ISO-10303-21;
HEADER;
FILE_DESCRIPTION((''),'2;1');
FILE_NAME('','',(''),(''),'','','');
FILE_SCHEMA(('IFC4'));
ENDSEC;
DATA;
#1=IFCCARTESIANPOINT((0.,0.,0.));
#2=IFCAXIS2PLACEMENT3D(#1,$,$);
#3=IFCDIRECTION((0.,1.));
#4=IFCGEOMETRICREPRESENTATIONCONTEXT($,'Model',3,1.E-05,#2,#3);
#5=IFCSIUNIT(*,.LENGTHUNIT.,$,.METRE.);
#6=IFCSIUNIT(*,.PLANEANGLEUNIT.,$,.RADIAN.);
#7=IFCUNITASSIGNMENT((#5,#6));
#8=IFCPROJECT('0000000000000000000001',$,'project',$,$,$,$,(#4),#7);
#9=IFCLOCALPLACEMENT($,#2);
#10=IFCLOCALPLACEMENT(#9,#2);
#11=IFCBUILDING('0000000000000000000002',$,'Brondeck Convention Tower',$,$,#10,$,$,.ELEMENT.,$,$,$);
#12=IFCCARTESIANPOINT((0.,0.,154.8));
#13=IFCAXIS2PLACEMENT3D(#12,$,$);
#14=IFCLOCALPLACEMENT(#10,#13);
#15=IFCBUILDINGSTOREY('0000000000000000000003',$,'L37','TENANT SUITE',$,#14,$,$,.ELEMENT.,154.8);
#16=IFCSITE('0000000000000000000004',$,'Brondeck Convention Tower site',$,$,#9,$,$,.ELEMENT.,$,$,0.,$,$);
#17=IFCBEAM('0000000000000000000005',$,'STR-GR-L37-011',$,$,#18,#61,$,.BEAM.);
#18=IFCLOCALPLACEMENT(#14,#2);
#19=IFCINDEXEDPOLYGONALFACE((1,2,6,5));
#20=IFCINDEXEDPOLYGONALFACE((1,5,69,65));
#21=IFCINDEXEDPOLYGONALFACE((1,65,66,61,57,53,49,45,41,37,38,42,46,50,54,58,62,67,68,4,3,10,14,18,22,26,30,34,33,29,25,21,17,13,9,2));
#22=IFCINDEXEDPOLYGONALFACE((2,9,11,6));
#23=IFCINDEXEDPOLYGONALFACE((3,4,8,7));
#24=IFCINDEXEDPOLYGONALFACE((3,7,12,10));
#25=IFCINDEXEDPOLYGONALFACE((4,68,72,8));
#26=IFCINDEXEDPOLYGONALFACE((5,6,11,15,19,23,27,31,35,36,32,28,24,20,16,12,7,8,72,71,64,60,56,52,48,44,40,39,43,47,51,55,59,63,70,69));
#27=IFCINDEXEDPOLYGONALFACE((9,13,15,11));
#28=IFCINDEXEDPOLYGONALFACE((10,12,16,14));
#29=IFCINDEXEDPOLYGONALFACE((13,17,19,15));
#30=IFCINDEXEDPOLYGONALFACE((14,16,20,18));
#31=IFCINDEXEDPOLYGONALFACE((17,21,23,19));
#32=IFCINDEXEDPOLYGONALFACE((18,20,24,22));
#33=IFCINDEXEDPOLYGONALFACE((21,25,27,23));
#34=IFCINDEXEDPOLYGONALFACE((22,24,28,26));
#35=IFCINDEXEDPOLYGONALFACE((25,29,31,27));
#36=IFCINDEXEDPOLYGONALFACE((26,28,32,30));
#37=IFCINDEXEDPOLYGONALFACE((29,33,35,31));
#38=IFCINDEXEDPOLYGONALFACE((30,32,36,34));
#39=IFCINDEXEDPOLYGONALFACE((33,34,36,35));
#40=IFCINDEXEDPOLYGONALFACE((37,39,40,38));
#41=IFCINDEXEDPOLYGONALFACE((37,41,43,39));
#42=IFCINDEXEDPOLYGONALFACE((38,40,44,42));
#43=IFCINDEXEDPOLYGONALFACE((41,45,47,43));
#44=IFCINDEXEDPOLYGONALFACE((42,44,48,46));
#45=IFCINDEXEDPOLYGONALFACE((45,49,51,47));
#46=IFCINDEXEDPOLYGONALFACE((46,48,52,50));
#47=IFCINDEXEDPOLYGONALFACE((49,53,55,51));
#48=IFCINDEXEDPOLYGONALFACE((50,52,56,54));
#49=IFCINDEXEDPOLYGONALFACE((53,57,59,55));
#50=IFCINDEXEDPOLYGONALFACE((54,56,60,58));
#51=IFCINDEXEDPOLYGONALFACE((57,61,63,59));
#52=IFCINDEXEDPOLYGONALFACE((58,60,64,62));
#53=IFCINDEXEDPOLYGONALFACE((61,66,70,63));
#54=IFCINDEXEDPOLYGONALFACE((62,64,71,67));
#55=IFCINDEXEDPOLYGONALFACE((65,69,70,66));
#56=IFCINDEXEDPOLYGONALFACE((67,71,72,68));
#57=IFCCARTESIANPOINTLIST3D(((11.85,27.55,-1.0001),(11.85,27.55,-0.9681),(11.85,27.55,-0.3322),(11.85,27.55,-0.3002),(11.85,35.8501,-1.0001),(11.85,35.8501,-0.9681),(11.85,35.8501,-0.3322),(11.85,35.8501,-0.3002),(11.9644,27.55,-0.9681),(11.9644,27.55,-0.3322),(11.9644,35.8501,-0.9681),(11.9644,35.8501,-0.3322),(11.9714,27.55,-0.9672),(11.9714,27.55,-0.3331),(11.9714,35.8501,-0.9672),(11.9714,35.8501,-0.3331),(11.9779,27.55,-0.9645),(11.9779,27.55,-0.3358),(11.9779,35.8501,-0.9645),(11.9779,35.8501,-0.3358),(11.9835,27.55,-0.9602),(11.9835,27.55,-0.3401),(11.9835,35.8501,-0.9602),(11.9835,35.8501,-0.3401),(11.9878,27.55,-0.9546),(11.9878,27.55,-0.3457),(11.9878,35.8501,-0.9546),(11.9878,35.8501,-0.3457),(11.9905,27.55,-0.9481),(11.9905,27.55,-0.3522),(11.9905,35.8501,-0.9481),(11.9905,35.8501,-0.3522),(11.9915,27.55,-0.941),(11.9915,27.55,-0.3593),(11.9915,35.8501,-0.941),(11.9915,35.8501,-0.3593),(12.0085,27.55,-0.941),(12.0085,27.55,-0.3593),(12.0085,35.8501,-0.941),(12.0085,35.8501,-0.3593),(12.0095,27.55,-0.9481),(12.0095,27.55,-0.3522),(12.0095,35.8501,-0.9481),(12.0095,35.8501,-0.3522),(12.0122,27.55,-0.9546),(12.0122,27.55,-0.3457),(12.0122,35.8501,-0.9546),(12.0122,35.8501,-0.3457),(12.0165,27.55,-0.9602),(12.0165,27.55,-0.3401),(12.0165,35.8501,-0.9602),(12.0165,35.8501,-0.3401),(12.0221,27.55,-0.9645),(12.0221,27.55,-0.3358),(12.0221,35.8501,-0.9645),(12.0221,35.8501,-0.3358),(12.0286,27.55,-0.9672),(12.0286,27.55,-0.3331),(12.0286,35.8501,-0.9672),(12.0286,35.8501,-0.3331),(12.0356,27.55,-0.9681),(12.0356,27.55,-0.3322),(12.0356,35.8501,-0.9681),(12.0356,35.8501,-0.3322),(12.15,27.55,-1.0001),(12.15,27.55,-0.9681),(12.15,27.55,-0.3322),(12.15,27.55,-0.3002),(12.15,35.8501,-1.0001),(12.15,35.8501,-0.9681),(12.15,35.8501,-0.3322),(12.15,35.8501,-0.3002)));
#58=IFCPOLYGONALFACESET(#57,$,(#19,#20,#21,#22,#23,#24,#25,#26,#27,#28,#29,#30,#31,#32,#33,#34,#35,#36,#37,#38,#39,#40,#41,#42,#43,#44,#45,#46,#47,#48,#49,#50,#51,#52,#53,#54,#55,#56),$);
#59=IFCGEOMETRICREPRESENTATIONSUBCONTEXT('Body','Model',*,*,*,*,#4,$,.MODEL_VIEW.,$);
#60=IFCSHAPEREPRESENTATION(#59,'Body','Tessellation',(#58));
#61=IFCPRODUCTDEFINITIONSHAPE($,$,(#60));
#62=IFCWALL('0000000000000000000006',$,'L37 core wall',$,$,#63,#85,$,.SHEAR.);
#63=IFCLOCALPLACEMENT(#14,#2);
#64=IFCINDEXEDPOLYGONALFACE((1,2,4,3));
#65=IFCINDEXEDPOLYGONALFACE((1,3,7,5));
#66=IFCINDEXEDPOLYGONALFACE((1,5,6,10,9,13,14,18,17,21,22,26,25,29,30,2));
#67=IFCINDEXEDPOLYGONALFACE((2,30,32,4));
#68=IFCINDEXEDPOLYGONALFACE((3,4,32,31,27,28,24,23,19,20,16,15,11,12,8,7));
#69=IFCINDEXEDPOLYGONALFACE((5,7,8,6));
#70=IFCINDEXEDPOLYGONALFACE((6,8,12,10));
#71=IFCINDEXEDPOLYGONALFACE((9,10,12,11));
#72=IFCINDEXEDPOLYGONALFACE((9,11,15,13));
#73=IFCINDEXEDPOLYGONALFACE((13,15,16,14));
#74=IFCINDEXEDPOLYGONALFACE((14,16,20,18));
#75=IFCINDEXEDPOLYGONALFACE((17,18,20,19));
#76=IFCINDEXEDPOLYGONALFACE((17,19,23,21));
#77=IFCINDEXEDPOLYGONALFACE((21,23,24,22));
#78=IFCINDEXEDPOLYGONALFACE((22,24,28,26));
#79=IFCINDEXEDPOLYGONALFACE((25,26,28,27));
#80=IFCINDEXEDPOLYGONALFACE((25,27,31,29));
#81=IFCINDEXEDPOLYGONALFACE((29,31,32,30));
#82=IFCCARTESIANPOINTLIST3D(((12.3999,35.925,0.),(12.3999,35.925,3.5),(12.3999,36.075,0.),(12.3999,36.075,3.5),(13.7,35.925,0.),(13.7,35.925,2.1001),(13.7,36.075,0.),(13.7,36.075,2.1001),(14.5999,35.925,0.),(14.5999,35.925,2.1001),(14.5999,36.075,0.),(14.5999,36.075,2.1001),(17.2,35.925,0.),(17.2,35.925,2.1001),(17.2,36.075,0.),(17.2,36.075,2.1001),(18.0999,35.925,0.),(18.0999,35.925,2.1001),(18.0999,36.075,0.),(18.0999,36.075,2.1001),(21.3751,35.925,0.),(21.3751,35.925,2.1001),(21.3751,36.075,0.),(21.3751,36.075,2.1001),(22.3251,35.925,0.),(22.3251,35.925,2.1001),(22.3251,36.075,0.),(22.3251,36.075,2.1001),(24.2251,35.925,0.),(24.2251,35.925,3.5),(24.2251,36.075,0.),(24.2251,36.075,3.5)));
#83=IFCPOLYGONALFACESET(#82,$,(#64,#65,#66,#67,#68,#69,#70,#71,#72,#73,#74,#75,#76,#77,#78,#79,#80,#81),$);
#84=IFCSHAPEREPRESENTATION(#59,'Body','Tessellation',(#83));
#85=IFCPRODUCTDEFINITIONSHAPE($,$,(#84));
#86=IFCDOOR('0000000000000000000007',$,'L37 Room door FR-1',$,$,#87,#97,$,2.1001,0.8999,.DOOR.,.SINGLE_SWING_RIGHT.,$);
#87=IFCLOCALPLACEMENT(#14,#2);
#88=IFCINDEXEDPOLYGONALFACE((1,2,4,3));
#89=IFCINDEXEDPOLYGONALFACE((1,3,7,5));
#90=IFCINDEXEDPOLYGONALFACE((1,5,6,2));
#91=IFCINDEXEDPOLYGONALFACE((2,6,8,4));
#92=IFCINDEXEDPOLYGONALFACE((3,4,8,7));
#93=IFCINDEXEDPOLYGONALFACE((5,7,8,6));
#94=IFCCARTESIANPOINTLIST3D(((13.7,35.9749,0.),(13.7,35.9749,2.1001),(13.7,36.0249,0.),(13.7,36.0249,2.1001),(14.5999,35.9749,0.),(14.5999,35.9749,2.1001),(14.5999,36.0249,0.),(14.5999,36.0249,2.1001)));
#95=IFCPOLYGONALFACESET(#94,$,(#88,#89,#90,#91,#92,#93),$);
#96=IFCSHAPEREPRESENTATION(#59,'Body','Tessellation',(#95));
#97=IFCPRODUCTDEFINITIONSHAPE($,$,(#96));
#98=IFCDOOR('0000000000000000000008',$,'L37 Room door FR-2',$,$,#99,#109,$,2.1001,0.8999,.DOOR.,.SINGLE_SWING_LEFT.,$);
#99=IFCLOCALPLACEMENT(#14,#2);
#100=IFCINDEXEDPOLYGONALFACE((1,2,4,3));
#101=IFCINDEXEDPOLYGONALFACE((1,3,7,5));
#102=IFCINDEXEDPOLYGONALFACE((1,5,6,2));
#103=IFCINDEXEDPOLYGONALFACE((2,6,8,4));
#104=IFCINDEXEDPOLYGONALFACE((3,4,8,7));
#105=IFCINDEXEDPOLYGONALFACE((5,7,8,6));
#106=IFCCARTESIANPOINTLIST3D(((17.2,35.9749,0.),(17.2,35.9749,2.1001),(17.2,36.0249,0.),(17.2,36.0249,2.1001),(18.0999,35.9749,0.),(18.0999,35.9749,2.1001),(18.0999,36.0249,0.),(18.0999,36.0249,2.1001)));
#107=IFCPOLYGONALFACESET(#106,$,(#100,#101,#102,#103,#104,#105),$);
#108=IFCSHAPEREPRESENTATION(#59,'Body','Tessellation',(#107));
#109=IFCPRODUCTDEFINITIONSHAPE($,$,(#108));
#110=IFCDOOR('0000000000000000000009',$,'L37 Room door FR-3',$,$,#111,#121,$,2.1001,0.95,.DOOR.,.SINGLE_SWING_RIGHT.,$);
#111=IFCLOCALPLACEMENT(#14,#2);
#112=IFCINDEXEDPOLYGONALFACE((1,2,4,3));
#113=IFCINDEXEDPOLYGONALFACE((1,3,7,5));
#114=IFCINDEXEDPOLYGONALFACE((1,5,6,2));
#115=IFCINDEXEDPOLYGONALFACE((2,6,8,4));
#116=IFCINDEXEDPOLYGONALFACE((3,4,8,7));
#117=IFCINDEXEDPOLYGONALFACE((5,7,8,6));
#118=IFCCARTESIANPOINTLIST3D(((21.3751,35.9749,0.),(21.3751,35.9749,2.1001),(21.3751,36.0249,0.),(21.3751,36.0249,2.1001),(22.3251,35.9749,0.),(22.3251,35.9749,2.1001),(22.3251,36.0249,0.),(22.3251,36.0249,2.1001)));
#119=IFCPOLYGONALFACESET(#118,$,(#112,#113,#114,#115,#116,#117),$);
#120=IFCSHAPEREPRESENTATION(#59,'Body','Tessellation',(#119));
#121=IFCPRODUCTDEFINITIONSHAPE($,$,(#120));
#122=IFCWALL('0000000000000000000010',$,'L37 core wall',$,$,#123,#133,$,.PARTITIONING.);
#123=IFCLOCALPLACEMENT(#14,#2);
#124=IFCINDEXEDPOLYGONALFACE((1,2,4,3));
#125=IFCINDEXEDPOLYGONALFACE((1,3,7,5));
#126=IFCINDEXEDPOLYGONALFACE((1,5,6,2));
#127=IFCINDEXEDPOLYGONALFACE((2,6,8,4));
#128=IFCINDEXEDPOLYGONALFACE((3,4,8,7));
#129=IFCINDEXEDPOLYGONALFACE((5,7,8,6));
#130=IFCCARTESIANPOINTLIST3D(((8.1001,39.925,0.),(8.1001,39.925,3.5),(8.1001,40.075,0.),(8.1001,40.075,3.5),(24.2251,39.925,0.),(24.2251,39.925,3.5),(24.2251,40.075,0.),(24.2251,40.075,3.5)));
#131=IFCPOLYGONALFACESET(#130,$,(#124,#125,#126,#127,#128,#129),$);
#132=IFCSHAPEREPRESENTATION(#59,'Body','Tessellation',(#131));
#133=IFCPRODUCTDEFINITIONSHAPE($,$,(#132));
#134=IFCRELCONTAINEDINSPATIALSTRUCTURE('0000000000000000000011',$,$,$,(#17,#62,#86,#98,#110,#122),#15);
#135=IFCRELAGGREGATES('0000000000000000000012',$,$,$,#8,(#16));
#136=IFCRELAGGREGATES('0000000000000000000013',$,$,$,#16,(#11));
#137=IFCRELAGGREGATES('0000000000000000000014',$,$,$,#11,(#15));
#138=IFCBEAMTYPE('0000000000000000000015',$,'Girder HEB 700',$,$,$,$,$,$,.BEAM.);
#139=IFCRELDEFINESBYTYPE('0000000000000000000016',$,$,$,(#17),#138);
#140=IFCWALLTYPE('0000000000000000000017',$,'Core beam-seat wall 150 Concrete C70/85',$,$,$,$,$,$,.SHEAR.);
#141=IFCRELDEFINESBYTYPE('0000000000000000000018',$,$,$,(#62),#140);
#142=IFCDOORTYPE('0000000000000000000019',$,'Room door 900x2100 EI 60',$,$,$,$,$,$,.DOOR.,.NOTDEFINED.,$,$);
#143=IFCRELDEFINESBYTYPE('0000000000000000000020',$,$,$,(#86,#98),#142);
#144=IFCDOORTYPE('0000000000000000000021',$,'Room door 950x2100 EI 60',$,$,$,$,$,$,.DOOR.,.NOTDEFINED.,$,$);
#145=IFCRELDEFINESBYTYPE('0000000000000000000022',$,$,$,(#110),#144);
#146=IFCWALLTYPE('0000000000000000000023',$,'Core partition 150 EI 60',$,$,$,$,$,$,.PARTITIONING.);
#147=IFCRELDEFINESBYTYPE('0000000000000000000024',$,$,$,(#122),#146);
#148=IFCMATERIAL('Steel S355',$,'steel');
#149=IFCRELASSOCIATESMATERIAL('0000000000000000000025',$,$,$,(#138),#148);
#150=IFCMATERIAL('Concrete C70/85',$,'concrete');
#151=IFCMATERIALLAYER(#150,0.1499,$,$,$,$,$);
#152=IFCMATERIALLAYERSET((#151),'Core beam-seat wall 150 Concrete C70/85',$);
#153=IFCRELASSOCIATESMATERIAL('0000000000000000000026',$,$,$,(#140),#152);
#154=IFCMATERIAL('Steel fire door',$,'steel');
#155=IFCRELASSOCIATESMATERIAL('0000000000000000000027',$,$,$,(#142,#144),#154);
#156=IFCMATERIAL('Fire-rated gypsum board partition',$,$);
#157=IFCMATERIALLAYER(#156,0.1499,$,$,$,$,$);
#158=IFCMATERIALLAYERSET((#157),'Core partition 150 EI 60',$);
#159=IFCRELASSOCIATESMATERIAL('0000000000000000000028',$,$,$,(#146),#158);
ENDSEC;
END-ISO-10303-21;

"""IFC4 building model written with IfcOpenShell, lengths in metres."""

from ifc_helpers import new_model, si_unit, direction, frame, frame_2d, origin, origin_2d, place, context, subcontext, project, spatial, rectangle, i_section, extrude, material, layer, layer_set, material_profile, profile_set, type_object, element, fill, save


model = new_model("IFC4")

# Units and contexts
model_context = context("Model", 3, precision=1e-05, world=origin(), true_north=direction((0.0, 1.0)))
body_context = subcontext(model_context, "Body", "Model", "MODEL_VIEW")
ifc_project = project(units=[si_unit("LENGTHUNIT", "METRE"), si_unit("PLANEANGLEUNIT", "RADIAN")], contexts=[model_context])

# Site, building, storey
site_placement = place(None, origin())
site = spatial("IfcSite", under=ifc_project, at=site_placement, Name="Brondeck Convention Tower site", CompositionType="ELEMENT", RefElevation=0.0)
building_placement = place(site_placement, origin())
building = spatial("IfcBuilding", under=site, at=building_placement, Name="Brondeck Convention Tower", CompositionType="ELEMENT")
storey_placement = place(building_placement, frame((0.0, 0.0, 154.8)))
storey = spatial("IfcBuildingStorey", under=building, at=storey_placement, Name="L37", Description="TENANT SUITE", CompositionType="ELEMENT", Elevation=154.8)

# Beam
ifc_material_1 = material(Name="Steel S355", Category="steel")
ifc_material_profile = material_profile(ifc_material_1, i_section(OverallWidth=0.3, OverallDepth=0.7, WebThickness=0.0171, FlangeThickness=0.032, FilletRadius=0.0271, at=origin_2d()), Name="HEB 700")
ifc_profile_set = profile_set([ifc_material_profile], Name="Steel S355")
beam_type = type_object("IfcBeamType", Name="Girder HEB 700", PredefinedType="BEAM", material=ifc_profile_set)
beam_placement = place(storey_placement, frame((12.0, 35.8501, -0.6501), z_axis=(0.0, -1.0, 0.0), x_axis=(1.0, 0.0, 0.0)))
element("IfcBeam", 1, at=beam_placement, inside=storey, type_object=beam_type, Name="STR-GR-L37-011", PredefinedType="BEAM", context=body_context, shape_type="SweptSolid", body=[
    extrude(i_section(OverallWidth=0.3, OverallDepth=0.7, WebThickness=0.0171, FlangeThickness=0.032, FilletRadius=0.0271, at=origin_2d()), origin(), (0.0, 0.0, 1.0), 8.3),
])

# Wall, openings, doors
ifc_material_2 = material(Name="Concrete C70/85", Category="concrete")
ifc_layer_1 = layer(ifc_material_2, 0.1499)
ifc_layer_set_1 = layer_set([ifc_layer_1], Name="Core beam-seat wall 150 Concrete C70/85")
wall_type_1 = type_object("IfcWallType", Name="Core beam-seat wall 150 Concrete C70/85", PredefinedType="SHEAR", material=ifc_layer_set_1)
wall_1_placement = place(storey_placement, frame((12.3999, 36.0, 0.0), z_axis=(0.0, 0.0, 1.0), x_axis=(1.0, 0.0, 0.0)))
wall_1 = element("IfcWall", 2, at=wall_1_placement, inside=storey, type_object=wall_type_1, Name="L37 core wall", PredefinedType="SHEAR", context=body_context, shape_type="SweptSolid", body=[
    extrude(rectangle(XDim=11.8252, YDim=0.1499, at=frame_2d((5.9126, 0.0))), origin(), (0.0, 0.0, 1.0), 3.5),
])
opening_1_placement = place(wall_1_placement, frame((1.3, 0.0, 0.0)))
opening_1 = element("IfcOpeningElement", 3, at=opening_1_placement, cuts=wall_1, PredefinedType="OPENING", context=body_context, shape_type="SweptSolid", body=[
    extrude(rectangle(XDim=0.8999, YDim=2.1001, at=frame_2d((0.45, 1.05))), frame((0.0, 0.085, 0.0), z_axis=(0.0, -1.0, 0.0), x_axis=(1.0, 0.0, 0.0)), (0.0, 0.0, 1.0), 0.1699),
])
opening_2_placement = place(wall_1_placement, frame((4.8, 0.0, 0.0)))
opening_2 = element("IfcOpeningElement", 4, at=opening_2_placement, cuts=wall_1, PredefinedType="OPENING", context=body_context, shape_type="SweptSolid", body=[
    extrude(rectangle(XDim=0.8999, YDim=2.1001, at=frame_2d((0.45, 1.05))), frame((0.0, 0.085, 0.0), z_axis=(0.0, -1.0, 0.0), x_axis=(1.0, 0.0, 0.0)), (0.0, 0.0, 1.0), 0.1699),
])
opening_3_placement = place(wall_1_placement, frame((8.9751, 0.0, 0.0)))
opening_3 = element("IfcOpeningElement", 5, at=opening_3_placement, cuts=wall_1, PredefinedType="OPENING", context=body_context, shape_type="SweptSolid", body=[
    extrude(rectangle(XDim=0.95, YDim=2.1001, at=frame_2d((0.4751, 1.05))), frame((0.0, 0.085, 0.0), z_axis=(0.0, -1.0, 0.0), x_axis=(1.0, 0.0, 0.0)), (0.0, 0.0, 1.0), 0.1699),
])
ifc_material_3 = material(Name="Steel fire door", Category="steel")
door_type_1 = type_object("IfcDoorType", Name="Room door 900x2100 EI 60", OperationType="NOTDEFINED", PredefinedType="DOOR", material=ifc_material_3)
door_1_placement = place(opening_1_placement, origin())
door_1 = element("IfcDoor", 6, at=door_1_placement, inside=storey, type_object=door_type_1, Name="L37 Room door FR-1", OperationType="SINGLE_SWING_RIGHT", OverallHeight=2.1001, OverallWidth=0.8999, PredefinedType="DOOR", context=body_context, shape_type="SweptSolid", body=[
    extrude(rectangle(XDim=0.8999, YDim=2.1001, at=frame_2d((0.45, 1.05))), frame((0.0, 0.0249, 0.0), z_axis=(0.0, -1.0, 0.0), x_axis=(1.0, 0.0, 0.0)), (0.0, 0.0, 1.0), 0.05),
])
fill(opening_1, door_1)
door_2_placement = place(opening_2_placement, origin())
door_2 = element("IfcDoor", 7, at=door_2_placement, inside=storey, type_object=door_type_1, Name="L37 Room door FR-2", OperationType="SINGLE_SWING_LEFT", OverallHeight=2.1001, OverallWidth=0.8999, PredefinedType="DOOR", context=body_context, shape_type="SweptSolid", body=[
    extrude(rectangle(XDim=0.8999, YDim=2.1001, at=frame_2d((0.45, 1.05))), frame((0.0, 0.0249, 0.0), z_axis=(0.0, -1.0, 0.0), x_axis=(1.0, 0.0, 0.0)), (0.0, 0.0, 1.0), 0.05),
])
fill(opening_2, door_2)
door_type_2 = type_object("IfcDoorType", Name="Room door 950x2100 EI 60", OperationType="NOTDEFINED", PredefinedType="DOOR", material=ifc_material_3)
door_3_placement = place(opening_3_placement, origin())
door_3 = element("IfcDoor", 8, at=door_3_placement, inside=storey, type_object=door_type_2, Name="L37 Room door FR-3", OperationType="SINGLE_SWING_RIGHT", OverallHeight=2.1001, OverallWidth=0.95, PredefinedType="DOOR", context=body_context, shape_type="SweptSolid", body=[
    extrude(rectangle(XDim=0.95, YDim=2.1001, at=frame_2d((0.4751, 1.05))), frame((0.0, 0.0249, 0.0), z_axis=(0.0, -1.0, 0.0), x_axis=(1.0, 0.0, 0.0)), (0.0, 0.0, 1.0), 0.05),
])
fill(opening_3, door_3)

# Wall
ifc_material_4 = material(Name="Fire-rated gypsum board partition")
ifc_layer_2 = layer(ifc_material_4, 0.1499)
ifc_layer_set_2 = layer_set([ifc_layer_2], Name="Core partition 150 EI 60")
wall_type_2 = type_object("IfcWallType", Name="Core partition 150 EI 60", PredefinedType="PARTITIONING", material=ifc_layer_set_2)
wall_2_placement = place(storey_placement, frame((8.1001, 40.0, 0.0), z_axis=(0.0, 0.0, 1.0), x_axis=(1.0, 0.0, 0.0)))
element("IfcWall", 9, at=wall_2_placement, inside=storey, type_object=wall_type_2, Name="L37 core wall", PredefinedType="PARTITIONING", context=body_context, shape_type="SweptSolid", body=[
    extrude(rectangle(XDim=16.125, YDim=0.1499, at=frame_2d((8.0625, 0.0))), origin(), (0.0, 0.0, 1.0), 3.5),
])

save(model, "model.ifc")
